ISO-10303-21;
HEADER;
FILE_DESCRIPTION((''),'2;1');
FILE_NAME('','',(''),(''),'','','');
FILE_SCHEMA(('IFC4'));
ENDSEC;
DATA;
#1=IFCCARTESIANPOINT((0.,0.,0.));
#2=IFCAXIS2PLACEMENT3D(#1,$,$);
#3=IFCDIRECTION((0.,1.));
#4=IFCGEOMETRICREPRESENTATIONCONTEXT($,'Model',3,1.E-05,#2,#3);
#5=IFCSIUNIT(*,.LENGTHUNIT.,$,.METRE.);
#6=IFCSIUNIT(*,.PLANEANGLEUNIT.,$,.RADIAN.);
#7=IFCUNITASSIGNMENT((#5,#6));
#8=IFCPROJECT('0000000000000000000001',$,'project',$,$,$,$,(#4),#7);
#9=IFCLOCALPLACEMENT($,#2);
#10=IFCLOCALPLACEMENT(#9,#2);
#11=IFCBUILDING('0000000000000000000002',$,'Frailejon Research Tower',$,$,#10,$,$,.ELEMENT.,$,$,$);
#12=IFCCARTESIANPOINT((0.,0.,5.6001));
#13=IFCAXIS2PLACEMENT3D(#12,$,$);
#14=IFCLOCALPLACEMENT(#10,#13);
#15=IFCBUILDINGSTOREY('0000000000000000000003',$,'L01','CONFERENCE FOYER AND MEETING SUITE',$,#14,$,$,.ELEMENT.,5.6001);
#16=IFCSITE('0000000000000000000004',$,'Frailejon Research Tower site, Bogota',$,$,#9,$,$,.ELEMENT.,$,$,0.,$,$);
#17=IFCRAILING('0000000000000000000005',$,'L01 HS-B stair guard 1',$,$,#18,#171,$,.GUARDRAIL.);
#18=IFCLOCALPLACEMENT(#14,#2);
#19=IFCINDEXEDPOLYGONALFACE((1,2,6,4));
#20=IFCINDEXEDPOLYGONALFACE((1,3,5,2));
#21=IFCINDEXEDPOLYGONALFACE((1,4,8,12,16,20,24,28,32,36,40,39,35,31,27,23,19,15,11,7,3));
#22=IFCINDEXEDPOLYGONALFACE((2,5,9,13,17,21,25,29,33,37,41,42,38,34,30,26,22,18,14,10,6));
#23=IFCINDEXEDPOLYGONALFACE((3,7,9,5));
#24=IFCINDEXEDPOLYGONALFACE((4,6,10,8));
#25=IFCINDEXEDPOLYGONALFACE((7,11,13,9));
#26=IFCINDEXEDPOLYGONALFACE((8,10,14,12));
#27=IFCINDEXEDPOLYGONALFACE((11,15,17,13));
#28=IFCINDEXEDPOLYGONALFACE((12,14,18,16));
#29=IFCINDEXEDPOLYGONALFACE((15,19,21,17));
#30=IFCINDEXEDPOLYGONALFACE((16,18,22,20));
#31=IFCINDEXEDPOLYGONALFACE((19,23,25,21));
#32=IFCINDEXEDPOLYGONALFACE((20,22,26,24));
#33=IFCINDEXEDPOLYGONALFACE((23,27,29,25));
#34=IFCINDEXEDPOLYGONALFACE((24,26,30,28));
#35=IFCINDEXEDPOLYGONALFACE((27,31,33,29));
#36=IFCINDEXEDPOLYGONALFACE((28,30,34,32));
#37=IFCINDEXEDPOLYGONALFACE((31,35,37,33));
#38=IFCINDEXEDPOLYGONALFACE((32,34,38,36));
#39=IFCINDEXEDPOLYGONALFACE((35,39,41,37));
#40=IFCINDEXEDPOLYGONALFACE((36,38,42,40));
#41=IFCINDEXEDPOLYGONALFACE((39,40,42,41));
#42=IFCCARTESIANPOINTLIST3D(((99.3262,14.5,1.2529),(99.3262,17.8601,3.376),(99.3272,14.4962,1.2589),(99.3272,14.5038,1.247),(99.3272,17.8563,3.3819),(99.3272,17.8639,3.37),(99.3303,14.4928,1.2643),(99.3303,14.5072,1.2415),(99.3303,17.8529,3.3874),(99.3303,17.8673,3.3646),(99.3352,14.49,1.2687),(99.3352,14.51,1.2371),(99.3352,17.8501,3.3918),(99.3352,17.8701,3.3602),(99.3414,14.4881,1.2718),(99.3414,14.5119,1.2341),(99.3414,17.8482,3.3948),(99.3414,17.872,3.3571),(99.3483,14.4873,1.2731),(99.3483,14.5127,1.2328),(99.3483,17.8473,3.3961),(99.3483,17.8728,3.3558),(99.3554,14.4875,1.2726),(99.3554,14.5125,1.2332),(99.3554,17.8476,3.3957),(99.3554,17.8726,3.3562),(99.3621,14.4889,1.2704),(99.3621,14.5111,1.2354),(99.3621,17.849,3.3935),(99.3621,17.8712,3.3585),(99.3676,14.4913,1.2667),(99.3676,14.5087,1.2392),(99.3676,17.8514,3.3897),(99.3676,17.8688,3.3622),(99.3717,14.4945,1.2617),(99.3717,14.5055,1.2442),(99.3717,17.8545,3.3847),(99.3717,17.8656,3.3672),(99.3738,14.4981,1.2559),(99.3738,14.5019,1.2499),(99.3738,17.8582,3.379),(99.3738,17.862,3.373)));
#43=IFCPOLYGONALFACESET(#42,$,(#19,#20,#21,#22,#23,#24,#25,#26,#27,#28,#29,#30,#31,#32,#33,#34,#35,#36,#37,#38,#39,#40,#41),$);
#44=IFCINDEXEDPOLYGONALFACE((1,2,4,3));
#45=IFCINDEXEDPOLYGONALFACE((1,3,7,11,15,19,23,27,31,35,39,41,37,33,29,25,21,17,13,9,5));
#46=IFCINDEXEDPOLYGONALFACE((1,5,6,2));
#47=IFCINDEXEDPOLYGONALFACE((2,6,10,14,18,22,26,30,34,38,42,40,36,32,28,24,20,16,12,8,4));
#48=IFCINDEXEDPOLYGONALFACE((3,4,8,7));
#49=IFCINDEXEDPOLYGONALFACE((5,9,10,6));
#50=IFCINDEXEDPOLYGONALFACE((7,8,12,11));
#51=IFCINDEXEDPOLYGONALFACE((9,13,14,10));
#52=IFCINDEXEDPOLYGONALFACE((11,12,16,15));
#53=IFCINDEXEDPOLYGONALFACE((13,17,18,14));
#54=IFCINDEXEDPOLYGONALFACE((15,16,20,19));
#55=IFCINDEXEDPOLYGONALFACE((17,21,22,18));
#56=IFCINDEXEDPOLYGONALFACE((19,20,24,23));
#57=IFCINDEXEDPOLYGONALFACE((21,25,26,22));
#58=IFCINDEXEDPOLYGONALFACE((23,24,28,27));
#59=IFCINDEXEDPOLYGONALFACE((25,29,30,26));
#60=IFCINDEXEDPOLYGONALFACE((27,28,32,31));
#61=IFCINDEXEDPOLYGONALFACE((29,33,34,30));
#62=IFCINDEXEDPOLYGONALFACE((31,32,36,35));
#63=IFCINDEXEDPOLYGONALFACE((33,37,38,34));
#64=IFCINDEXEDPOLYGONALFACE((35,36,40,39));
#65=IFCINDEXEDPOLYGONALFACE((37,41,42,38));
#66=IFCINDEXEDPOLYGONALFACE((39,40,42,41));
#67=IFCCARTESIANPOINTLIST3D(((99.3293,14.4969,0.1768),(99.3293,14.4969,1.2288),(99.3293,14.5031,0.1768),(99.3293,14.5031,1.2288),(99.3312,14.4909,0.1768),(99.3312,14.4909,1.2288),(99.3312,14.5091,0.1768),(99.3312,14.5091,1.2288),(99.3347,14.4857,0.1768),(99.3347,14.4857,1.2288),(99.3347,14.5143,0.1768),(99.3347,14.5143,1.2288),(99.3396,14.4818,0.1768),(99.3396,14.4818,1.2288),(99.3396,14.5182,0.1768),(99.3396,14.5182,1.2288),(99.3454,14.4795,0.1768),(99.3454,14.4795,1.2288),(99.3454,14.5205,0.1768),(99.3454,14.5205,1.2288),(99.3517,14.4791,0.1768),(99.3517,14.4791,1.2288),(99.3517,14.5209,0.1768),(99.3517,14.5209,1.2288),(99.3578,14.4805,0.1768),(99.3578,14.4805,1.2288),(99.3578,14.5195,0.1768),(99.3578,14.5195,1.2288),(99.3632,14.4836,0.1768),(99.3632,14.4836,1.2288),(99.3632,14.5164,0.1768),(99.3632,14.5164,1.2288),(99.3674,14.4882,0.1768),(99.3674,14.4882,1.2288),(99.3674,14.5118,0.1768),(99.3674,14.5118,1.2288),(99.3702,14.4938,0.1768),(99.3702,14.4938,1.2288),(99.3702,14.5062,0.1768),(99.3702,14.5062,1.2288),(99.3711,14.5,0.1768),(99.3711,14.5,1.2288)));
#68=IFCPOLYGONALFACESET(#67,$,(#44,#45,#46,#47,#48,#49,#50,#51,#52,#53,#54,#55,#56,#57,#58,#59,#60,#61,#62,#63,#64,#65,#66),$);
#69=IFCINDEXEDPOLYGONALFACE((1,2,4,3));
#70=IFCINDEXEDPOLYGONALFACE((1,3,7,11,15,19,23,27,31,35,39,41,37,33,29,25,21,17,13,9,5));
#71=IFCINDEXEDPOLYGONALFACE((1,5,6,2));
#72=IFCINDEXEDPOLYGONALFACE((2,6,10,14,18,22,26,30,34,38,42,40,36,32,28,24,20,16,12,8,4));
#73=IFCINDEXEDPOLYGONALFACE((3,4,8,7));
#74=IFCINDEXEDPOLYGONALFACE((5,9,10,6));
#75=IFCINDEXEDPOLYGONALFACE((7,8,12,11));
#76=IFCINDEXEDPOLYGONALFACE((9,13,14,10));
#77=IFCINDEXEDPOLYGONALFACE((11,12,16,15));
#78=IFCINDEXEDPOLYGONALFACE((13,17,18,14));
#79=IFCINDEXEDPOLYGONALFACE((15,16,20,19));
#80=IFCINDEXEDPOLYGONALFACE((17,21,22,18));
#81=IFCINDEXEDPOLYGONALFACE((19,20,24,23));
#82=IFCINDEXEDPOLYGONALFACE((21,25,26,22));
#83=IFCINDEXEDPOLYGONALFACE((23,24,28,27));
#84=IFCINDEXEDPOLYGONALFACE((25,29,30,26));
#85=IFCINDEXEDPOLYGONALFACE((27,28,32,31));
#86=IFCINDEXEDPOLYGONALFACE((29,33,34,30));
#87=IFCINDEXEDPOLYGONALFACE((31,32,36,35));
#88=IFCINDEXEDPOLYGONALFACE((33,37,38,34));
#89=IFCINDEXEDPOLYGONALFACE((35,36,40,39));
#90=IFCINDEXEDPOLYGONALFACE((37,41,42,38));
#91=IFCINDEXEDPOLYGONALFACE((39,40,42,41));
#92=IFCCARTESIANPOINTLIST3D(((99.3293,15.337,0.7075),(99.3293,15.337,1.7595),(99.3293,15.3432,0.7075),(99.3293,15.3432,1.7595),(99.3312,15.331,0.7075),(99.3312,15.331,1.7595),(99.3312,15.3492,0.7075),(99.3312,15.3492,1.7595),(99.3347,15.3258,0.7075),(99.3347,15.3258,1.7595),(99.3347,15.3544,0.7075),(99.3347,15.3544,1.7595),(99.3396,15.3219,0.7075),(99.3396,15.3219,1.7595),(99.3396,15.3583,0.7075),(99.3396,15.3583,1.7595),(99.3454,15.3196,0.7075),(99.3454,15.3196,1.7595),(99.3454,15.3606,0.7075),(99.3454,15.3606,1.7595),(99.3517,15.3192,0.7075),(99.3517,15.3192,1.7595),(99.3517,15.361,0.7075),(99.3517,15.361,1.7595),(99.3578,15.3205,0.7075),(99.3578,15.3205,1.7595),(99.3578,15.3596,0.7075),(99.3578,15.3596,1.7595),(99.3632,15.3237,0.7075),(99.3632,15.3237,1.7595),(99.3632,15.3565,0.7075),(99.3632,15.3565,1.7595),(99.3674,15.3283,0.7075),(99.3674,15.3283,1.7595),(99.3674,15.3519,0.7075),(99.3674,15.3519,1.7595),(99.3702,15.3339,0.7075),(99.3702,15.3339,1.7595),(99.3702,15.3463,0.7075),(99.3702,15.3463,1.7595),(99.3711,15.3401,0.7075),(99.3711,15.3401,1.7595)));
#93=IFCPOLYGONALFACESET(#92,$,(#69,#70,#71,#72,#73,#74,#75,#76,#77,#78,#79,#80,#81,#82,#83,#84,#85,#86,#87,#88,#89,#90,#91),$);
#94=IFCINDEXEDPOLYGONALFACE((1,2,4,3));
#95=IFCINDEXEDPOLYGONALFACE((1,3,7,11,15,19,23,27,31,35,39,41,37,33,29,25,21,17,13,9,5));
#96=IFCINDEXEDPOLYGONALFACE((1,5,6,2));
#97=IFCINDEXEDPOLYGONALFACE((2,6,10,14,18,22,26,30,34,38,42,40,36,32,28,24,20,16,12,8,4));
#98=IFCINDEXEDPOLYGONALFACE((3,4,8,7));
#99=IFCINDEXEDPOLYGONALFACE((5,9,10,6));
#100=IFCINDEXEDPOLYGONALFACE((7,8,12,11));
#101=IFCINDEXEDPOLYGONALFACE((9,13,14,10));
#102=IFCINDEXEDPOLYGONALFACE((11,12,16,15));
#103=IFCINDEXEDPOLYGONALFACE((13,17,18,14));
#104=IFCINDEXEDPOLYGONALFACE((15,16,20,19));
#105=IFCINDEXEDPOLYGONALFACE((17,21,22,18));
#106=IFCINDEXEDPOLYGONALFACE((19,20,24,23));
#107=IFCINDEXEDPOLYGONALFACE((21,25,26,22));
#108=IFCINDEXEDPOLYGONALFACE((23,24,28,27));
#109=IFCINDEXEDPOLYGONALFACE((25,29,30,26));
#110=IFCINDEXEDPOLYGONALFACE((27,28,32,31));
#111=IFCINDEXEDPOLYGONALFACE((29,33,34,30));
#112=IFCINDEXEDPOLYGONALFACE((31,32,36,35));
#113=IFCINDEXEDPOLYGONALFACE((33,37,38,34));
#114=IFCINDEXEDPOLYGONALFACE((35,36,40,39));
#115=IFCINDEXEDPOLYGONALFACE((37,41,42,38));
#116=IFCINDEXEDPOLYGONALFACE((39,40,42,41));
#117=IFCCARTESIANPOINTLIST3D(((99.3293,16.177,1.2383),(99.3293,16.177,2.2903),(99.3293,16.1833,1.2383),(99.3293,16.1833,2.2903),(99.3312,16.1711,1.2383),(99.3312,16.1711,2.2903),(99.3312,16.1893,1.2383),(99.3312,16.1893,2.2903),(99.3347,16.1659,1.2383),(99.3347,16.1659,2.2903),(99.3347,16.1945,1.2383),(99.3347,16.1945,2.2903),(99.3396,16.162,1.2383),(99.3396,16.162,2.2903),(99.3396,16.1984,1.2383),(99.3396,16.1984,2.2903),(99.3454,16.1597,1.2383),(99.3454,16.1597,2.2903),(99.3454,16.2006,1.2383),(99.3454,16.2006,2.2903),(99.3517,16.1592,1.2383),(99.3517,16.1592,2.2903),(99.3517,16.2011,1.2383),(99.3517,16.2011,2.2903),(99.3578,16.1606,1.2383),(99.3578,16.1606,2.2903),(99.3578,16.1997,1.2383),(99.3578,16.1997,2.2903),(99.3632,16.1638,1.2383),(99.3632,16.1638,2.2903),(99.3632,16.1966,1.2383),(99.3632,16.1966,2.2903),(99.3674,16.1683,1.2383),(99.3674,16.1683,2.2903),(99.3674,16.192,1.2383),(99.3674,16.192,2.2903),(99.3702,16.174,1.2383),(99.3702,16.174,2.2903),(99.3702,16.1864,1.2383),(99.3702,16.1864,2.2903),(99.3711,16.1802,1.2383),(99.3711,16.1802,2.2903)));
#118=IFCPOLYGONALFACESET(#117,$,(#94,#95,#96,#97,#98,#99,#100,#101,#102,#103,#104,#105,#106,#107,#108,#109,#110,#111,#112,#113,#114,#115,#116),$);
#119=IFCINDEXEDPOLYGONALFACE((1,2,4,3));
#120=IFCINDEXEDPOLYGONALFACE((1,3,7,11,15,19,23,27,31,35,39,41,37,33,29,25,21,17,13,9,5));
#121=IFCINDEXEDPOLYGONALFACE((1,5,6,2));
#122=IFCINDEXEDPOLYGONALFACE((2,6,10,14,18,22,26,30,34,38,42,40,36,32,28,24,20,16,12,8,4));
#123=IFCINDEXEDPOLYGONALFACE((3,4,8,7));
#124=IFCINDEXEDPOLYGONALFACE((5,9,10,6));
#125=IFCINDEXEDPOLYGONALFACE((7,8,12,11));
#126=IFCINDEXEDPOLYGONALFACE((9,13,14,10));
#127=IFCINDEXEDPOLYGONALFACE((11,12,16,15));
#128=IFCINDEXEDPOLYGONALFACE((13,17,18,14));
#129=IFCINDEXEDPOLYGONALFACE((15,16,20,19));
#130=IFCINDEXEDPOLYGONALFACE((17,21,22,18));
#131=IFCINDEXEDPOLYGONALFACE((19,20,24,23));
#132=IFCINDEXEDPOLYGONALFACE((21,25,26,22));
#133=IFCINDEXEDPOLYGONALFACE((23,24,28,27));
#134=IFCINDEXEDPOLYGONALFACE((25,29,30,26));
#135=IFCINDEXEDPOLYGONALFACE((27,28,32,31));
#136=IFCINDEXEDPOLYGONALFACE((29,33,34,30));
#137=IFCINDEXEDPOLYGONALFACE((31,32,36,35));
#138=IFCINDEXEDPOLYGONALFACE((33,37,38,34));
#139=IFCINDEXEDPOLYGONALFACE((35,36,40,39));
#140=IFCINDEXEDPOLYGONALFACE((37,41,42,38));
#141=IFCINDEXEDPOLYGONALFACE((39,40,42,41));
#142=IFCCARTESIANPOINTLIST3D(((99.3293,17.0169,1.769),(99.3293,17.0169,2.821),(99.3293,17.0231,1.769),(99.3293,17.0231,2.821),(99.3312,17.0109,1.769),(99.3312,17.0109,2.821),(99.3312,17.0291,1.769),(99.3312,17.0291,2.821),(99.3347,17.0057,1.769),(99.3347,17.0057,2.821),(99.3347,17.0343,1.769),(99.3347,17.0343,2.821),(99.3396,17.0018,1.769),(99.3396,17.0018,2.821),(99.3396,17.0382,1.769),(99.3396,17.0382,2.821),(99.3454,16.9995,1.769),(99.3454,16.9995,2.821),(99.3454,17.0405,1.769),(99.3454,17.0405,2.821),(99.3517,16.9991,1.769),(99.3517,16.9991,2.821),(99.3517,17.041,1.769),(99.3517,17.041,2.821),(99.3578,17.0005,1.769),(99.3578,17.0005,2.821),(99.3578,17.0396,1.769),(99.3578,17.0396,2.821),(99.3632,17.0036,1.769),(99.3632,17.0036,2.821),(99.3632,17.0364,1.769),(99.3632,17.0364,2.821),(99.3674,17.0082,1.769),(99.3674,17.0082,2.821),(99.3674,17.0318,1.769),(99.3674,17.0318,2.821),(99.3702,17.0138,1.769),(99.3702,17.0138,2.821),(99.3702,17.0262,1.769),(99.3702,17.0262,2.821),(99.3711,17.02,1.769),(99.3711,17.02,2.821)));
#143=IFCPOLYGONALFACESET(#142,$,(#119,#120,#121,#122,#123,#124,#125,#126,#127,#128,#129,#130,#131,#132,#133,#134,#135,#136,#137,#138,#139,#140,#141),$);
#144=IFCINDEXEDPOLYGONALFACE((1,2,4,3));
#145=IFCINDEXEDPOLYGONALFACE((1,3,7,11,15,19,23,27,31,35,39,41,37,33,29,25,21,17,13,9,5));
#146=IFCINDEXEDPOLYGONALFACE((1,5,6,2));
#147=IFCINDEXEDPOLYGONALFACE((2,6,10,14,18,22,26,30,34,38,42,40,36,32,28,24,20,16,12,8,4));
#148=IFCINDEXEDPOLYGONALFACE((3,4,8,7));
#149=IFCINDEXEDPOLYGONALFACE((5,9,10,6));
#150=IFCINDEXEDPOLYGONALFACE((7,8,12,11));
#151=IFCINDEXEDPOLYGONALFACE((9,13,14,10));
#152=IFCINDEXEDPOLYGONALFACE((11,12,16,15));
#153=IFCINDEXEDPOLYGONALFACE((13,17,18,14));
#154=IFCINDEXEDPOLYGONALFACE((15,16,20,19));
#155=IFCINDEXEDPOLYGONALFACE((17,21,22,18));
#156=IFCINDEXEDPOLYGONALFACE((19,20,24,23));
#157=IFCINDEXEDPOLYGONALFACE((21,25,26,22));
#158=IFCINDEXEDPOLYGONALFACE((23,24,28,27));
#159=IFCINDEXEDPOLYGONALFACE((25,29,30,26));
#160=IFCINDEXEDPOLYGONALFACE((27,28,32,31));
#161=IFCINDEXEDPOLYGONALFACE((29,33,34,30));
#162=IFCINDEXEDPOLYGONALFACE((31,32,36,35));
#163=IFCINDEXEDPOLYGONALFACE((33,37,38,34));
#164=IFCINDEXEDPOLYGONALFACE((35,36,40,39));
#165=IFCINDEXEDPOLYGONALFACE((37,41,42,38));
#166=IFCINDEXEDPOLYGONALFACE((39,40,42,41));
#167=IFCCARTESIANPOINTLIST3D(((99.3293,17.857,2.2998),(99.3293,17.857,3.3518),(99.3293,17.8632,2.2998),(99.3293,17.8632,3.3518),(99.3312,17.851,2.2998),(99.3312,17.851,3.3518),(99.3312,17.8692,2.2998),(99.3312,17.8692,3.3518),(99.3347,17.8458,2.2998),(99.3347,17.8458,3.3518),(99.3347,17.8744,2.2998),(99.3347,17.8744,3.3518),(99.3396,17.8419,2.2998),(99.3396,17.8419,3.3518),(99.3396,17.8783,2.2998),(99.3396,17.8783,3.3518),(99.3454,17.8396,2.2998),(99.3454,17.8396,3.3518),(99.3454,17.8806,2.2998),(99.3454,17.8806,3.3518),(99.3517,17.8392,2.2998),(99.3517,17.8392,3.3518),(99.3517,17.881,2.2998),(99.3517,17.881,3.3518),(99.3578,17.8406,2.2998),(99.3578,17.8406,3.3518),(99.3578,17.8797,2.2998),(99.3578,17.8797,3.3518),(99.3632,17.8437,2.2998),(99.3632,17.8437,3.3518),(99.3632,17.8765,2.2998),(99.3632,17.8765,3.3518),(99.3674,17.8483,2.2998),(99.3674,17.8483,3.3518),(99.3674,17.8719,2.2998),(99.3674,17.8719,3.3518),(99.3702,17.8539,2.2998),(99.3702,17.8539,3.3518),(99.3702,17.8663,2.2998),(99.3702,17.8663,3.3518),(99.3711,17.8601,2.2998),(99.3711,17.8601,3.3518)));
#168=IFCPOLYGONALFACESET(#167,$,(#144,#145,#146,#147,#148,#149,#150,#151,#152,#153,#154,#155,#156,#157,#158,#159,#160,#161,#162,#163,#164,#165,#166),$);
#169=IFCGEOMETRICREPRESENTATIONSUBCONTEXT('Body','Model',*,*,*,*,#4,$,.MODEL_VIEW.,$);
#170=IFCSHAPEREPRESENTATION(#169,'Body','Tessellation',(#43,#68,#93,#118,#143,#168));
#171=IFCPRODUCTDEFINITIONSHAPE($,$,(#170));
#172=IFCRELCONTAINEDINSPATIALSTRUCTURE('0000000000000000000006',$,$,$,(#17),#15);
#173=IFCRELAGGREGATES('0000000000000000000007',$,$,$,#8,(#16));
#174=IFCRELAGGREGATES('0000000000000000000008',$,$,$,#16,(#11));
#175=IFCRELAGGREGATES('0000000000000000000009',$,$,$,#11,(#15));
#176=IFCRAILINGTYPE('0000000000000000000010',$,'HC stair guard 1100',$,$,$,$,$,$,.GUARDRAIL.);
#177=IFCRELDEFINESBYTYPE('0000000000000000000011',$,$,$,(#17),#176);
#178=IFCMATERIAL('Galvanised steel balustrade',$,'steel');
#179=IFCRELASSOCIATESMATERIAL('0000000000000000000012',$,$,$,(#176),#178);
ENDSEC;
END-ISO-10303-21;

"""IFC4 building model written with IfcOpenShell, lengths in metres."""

from ifc_helpers import new_model, si_unit, direction, frame, origin, origin_2d, place, context, subcontext, project, spatial, circle, extrude, material, type_object, element, save


model = new_model("IFC4")

# Units and contexts
model_context = context("Model", 3, precision=1e-05, world=origin(), true_north=direction((0.0, 1.0)))
body_context = subcontext(model_context, "Body", "Model", "MODEL_VIEW")
ifc_project = project(units=[si_unit("LENGTHUNIT", "METRE"), si_unit("PLANEANGLEUNIT", "RADIAN")], contexts=[model_context])

# Site, building, storey
site_placement = place(None, origin())
site = spatial("IfcSite", under=ifc_project, at=site_placement, Name="Frailejon Research Tower site, Bogota", CompositionType="ELEMENT", RefElevation=0.0)
building_placement = place(site_placement, origin())
building = spatial("IfcBuilding", under=site, at=building_placement, Name="Frailejon Research Tower", CompositionType="ELEMENT")
storey_placement = place(building_placement, frame((0.0, 0.0, 5.6001)))
storey = spatial("IfcBuildingStorey", under=building, at=storey_placement, Name="L01", Description="CONFERENCE FOYER AND MEETING SUITE", CompositionType="ELEMENT", Elevation=5.6001)

# Railing
ifc_material_1 = material(Name="Galvanised steel balustrade", Category="steel")
railing_type_1 = type_object("IfcRailingType", Name="HC stair guard 1100", PredefinedType="GUARDRAIL", material=ifc_material_1)
railing_1_placement = place(storey_placement, frame((99.3501, 14.5, 0.1768)))
element("IfcRailing", 1, at=railing_1_placement, inside=storey, type_object=railing_type_1, Name="L01 HS-B stair guard 1", PredefinedType="GUARDRAIL", context=body_context, shape_type="SweptSolid", body=[
    extrude(circle(Radius=0.0239, at=origin_2d()), frame((0.0, 0.0, 1.0762), z_axis=(0.0, 0.84539, 0.53415), x_axis=(-1.0, 0.0, 0.0)), (0.0, 0.0, 1.0), 3.9746),
    extrude(circle(Radius=0.021, at=origin_2d()), origin(), (0.0, 0.0, 1.0), 1.052),
    extrude(circle(Radius=0.021, at=origin_2d()), frame((0.0, 0.8401, 0.5308)), (0.0, 0.0, 1.0), 1.052),
    extrude(circle(Radius=0.021, at=origin_2d()), frame((0.0, 1.6802, 1.0615)), (0.0, 0.0, 1.0), 1.052),
    extrude(circle(Radius=0.021, at=origin_2d()), frame((0.0, 2.52, 1.5923)), (0.0, 0.0, 1.0), 1.052),
    extrude(circle(Radius=0.021, at=origin_2d()), frame((0.0, 3.3601, 2.123)), (0.0, 0.0, 1.0), 1.052),
])

save(model, "model.ifc")
